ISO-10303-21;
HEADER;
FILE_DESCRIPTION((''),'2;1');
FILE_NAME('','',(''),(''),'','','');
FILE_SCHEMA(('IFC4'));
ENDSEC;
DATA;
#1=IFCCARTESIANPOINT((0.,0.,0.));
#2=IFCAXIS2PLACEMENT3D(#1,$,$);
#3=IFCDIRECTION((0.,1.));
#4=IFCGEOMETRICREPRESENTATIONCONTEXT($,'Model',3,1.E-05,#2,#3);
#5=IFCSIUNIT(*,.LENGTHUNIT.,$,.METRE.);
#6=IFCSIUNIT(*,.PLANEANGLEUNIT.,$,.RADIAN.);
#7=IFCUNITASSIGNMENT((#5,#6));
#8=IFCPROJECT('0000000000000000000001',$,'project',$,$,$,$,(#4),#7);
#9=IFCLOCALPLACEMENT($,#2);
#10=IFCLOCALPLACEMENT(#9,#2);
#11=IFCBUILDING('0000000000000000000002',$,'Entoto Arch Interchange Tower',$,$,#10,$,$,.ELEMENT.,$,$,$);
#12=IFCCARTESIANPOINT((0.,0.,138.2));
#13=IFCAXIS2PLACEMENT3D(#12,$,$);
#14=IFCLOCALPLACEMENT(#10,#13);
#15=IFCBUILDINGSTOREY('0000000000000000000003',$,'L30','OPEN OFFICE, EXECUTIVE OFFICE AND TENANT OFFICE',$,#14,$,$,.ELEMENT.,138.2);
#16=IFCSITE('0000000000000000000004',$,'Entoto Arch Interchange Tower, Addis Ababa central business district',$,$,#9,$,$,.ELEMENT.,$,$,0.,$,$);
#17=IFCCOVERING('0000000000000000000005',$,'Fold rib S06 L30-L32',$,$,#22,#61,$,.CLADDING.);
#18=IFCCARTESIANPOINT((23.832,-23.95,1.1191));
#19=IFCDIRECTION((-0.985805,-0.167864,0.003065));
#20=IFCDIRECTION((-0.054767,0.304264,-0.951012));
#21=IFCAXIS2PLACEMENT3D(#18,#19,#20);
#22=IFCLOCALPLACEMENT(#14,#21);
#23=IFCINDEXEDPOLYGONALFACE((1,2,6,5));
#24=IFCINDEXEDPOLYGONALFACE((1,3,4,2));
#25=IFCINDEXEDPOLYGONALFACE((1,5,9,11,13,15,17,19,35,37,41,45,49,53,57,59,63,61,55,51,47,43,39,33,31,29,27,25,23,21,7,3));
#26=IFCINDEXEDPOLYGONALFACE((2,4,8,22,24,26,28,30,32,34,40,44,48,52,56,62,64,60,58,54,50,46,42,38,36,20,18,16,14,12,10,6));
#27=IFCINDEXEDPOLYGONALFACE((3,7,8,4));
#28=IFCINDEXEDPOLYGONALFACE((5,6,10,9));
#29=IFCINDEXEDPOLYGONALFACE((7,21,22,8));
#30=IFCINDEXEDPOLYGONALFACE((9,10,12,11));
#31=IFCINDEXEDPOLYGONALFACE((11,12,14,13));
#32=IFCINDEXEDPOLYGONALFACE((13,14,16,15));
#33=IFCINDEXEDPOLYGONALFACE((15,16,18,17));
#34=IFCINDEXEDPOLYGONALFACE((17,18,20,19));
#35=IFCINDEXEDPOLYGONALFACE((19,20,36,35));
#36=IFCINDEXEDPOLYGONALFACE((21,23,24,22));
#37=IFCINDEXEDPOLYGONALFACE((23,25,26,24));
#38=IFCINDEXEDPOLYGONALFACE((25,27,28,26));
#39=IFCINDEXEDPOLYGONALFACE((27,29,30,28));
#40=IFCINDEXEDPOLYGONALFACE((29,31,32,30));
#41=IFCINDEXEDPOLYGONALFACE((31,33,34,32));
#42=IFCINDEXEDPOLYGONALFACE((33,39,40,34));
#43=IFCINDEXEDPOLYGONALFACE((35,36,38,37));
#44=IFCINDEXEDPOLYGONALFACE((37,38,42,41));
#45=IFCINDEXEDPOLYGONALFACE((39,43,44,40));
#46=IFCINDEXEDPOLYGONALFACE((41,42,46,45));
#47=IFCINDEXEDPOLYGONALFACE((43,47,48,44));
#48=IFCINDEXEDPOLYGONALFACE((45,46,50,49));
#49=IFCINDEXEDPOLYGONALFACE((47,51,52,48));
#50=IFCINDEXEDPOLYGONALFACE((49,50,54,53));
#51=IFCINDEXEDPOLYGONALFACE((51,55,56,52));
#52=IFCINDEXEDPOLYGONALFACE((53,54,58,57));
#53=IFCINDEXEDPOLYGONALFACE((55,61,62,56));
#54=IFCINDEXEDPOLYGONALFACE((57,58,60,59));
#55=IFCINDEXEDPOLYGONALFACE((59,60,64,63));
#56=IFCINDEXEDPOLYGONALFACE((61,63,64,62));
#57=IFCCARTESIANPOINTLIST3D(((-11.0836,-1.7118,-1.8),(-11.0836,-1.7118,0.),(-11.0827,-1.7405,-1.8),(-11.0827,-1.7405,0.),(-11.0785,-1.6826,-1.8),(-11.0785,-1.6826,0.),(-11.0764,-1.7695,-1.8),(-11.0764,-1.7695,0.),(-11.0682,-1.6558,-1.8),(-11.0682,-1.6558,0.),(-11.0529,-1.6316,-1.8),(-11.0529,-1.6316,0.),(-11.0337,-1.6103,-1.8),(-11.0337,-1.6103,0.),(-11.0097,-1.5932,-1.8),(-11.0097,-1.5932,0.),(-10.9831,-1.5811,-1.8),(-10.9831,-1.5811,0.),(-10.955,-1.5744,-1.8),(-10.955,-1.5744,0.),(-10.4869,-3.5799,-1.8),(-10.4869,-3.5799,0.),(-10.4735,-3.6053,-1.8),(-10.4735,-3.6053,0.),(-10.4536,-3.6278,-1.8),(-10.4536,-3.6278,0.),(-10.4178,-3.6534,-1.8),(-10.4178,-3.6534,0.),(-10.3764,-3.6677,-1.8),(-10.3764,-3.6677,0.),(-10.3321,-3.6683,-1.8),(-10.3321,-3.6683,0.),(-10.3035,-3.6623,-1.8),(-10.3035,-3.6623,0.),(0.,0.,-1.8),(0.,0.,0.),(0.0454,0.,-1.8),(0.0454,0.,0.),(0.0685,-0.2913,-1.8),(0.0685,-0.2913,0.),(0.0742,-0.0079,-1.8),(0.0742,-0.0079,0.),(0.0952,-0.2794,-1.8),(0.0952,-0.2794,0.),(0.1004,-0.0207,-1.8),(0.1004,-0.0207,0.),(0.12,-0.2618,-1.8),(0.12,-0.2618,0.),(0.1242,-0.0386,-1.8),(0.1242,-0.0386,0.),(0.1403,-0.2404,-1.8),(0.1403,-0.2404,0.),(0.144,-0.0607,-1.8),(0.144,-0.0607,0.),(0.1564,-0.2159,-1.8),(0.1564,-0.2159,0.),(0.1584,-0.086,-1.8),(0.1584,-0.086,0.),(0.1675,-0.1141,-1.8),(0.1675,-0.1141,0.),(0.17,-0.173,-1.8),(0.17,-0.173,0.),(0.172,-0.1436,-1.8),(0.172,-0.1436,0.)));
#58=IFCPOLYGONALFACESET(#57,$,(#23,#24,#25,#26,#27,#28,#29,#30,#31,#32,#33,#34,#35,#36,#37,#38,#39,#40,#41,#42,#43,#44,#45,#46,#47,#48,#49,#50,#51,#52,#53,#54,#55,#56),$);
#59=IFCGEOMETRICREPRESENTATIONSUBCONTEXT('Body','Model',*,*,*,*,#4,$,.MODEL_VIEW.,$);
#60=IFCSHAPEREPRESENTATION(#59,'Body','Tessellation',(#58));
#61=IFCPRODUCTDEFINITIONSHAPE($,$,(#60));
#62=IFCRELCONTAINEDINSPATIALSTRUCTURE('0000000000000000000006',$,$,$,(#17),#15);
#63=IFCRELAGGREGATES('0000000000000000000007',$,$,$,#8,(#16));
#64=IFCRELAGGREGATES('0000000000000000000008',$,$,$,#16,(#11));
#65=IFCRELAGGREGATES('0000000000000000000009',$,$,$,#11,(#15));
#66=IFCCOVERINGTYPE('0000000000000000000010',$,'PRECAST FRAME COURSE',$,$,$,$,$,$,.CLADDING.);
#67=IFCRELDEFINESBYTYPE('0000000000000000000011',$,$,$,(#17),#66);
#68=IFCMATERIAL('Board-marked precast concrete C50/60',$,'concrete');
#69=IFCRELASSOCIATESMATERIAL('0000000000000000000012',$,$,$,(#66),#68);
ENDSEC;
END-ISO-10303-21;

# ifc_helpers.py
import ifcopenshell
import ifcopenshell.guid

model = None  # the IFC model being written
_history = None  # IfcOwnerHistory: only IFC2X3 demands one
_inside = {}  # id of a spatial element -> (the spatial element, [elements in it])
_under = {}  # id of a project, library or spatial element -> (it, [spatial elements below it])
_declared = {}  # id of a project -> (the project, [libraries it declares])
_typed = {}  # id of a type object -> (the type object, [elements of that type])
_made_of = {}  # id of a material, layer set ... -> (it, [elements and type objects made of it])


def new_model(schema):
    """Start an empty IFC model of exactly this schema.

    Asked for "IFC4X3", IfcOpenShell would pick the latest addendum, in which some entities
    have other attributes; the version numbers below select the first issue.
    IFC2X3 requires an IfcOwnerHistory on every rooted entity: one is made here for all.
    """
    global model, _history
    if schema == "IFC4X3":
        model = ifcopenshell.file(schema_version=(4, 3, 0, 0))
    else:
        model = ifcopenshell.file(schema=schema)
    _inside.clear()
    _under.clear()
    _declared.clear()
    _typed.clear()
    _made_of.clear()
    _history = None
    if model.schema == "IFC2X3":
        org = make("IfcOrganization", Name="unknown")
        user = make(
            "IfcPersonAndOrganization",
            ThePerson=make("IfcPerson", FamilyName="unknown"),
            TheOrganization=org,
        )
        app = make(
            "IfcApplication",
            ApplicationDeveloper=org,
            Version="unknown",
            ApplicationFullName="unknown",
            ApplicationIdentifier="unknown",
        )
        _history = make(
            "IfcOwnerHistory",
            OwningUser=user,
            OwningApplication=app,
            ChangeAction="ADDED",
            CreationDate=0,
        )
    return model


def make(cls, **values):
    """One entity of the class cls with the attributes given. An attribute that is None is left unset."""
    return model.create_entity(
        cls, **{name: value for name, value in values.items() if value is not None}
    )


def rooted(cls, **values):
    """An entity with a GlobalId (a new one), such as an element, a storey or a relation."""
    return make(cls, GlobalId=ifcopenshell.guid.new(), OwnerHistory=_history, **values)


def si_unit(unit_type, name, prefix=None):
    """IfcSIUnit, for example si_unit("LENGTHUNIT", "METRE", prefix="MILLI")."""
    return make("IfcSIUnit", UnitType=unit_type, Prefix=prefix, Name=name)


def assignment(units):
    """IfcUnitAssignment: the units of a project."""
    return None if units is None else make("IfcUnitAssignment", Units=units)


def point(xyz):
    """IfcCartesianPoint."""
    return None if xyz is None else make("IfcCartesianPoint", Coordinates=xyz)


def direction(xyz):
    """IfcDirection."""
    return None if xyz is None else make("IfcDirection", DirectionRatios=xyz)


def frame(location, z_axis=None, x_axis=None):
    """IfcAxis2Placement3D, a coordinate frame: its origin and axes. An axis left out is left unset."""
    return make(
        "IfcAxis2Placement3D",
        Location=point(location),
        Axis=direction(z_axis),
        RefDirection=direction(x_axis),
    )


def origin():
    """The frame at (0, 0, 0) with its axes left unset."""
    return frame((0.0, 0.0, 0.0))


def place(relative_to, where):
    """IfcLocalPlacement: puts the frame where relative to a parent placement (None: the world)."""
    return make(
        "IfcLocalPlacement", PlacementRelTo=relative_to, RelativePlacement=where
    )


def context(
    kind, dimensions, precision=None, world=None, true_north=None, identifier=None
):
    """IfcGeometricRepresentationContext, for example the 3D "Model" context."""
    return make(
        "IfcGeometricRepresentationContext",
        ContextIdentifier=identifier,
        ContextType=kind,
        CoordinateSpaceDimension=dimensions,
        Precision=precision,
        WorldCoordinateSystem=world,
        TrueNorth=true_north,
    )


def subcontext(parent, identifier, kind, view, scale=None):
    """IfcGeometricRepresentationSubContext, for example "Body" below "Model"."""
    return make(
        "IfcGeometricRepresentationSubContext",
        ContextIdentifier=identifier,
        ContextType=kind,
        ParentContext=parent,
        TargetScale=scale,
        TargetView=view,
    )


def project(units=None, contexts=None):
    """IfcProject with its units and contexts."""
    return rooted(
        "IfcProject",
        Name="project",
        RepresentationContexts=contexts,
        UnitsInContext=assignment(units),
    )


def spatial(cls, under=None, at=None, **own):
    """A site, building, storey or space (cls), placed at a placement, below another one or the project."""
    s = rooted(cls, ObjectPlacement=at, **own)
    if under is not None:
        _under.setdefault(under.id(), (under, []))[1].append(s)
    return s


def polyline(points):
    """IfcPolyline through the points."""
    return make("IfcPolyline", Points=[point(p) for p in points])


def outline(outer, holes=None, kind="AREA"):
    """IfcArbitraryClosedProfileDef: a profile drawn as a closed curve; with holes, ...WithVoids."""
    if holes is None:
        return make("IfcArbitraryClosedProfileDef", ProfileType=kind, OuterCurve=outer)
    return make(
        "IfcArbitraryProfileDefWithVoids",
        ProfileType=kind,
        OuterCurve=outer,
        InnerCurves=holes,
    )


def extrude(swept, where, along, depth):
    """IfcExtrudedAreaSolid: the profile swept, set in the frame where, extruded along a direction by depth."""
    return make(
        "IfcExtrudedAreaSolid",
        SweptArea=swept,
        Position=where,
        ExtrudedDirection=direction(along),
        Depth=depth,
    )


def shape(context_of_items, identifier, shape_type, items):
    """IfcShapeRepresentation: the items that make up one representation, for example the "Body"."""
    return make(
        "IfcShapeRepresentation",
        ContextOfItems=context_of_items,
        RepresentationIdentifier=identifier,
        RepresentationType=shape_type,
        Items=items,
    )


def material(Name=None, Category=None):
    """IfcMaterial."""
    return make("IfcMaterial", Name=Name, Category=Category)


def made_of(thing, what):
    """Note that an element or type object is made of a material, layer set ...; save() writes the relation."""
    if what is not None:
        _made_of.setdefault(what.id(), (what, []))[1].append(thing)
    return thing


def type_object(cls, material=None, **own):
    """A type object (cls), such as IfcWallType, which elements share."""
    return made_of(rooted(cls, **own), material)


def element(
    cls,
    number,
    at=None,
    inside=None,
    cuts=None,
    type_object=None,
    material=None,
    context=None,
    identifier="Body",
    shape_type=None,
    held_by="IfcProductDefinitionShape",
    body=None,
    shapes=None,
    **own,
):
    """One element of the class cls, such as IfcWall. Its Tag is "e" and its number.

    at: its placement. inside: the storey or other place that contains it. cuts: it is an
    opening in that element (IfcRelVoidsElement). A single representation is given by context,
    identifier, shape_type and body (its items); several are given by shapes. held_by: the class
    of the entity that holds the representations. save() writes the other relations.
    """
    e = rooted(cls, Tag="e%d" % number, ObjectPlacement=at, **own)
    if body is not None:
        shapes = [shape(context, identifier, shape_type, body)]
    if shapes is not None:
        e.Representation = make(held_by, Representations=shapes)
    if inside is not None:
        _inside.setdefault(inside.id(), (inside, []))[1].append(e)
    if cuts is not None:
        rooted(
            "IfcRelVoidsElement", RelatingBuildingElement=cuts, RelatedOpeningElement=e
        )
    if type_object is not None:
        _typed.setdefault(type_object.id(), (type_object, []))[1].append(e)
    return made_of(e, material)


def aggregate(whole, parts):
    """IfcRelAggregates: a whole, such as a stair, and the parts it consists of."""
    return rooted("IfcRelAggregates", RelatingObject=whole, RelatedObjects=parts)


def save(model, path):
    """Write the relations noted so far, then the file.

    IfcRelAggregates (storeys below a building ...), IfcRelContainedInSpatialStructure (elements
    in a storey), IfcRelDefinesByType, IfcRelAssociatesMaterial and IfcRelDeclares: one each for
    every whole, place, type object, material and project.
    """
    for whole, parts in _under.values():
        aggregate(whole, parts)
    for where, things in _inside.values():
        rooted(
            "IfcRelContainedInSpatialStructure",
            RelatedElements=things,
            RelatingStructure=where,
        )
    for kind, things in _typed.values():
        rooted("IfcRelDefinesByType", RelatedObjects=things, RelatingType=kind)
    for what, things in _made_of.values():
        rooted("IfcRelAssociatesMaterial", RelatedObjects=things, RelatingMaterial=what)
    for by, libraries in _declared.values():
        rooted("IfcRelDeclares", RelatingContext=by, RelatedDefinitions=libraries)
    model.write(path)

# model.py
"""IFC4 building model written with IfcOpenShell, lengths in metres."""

from ifc_helpers import new_model, si_unit, direction, frame, origin, place, context, subcontext, project, spatial, polyline, outline, extrude, material, type_object, element, save


model = new_model("IFC4")

# Units and contexts
model_context = context("Model", 3, precision=1e-05, world=origin(), true_north=direction((0.0, 1.0)))
body_context = subcontext(model_context, "Body", "Model", "MODEL_VIEW")
ifc_project = project(units=[si_unit("LENGTHUNIT", "METRE"), si_unit("PLANEANGLEUNIT", "RADIAN")], contexts=[model_context])

# Site, building, storey
site_placement = place(None, origin())
site = spatial("IfcSite", under=ifc_project, at=site_placement, Name="Entoto Arch Interchange Tower, Addis Ababa central business district", CompositionType="ELEMENT", RefElevation=0.0)
building_placement = place(site_placement, origin())
building = spatial("IfcBuilding", under=site, at=building_placement, Name="Entoto Arch Interchange Tower", CompositionType="ELEMENT")
storey_placement = place(building_placement, frame((0.0, 0.0, 138.2)))
storey = spatial("IfcBuildingStorey", under=building, at=storey_placement, Name="L30", Description="OPEN OFFICE, EXECUTIVE OFFICE AND TENANT OFFICE", CompositionType="ELEMENT", Elevation=138.2)

# Shared definitions
ifc_material_1 = material(Name="Board-marked precast concrete C50/60", Category="concrete")

# Covering
covering_type = type_object("IfcCoveringType", Name="PRECAST FRAME COURSE", PredefinedType="CLADDING", material=ifc_material_1)
covering_1_placement = place(storey_placement, frame((23.832, -23.95, 1.1191), z_axis=(-0.985805, -0.167864, 0.003065), x_axis=(-0.054767, 0.304264, -0.951012)))
element("IfcCovering", 1, at=covering_1_placement, inside=storey, type_object=covering_type, Name="Fold rib S06 L30-L32", PredefinedType="CLADDING", context=body_context, shape_type="SweptSolid", body=[
    extrude(outline(polyline([(0.0, 0.0), (0.0454, 0.0), (0.0742, -0.0079), (0.1004, -0.0207), (0.1242, -0.0386), (0.144, -0.0607), (0.1584, -0.086), (0.1675, -0.1141), (0.172, -0.1436), (0.17, -0.173), (0.1564, -0.2159), (0.1403, -0.2404), (0.12, -0.2618), (0.0952, -0.2794), (0.0685, -0.2913), (-10.3035, -3.6623), (-10.3321, -3.6683), (-10.3764, -3.6677), (-10.4178, -3.6534), (-10.4536, -3.6278), (-10.4735, -3.6053), (-10.4869, -3.5799), (-11.0764, -1.7695), (-11.0827, -1.7405), (-11.0836, -1.7118), (-11.0785, -1.6826), (-11.0682, -1.6558), (-11.0529, -1.6316), (-11.0337, -1.6103), (-11.0097, -1.5932), (-10.9831, -1.5811), (-10.955, -1.5744), (0.0, 0.0)])), origin(), (0.0, 0.0, -1.0), 1.8),
])

save(model, "model.ifc")
